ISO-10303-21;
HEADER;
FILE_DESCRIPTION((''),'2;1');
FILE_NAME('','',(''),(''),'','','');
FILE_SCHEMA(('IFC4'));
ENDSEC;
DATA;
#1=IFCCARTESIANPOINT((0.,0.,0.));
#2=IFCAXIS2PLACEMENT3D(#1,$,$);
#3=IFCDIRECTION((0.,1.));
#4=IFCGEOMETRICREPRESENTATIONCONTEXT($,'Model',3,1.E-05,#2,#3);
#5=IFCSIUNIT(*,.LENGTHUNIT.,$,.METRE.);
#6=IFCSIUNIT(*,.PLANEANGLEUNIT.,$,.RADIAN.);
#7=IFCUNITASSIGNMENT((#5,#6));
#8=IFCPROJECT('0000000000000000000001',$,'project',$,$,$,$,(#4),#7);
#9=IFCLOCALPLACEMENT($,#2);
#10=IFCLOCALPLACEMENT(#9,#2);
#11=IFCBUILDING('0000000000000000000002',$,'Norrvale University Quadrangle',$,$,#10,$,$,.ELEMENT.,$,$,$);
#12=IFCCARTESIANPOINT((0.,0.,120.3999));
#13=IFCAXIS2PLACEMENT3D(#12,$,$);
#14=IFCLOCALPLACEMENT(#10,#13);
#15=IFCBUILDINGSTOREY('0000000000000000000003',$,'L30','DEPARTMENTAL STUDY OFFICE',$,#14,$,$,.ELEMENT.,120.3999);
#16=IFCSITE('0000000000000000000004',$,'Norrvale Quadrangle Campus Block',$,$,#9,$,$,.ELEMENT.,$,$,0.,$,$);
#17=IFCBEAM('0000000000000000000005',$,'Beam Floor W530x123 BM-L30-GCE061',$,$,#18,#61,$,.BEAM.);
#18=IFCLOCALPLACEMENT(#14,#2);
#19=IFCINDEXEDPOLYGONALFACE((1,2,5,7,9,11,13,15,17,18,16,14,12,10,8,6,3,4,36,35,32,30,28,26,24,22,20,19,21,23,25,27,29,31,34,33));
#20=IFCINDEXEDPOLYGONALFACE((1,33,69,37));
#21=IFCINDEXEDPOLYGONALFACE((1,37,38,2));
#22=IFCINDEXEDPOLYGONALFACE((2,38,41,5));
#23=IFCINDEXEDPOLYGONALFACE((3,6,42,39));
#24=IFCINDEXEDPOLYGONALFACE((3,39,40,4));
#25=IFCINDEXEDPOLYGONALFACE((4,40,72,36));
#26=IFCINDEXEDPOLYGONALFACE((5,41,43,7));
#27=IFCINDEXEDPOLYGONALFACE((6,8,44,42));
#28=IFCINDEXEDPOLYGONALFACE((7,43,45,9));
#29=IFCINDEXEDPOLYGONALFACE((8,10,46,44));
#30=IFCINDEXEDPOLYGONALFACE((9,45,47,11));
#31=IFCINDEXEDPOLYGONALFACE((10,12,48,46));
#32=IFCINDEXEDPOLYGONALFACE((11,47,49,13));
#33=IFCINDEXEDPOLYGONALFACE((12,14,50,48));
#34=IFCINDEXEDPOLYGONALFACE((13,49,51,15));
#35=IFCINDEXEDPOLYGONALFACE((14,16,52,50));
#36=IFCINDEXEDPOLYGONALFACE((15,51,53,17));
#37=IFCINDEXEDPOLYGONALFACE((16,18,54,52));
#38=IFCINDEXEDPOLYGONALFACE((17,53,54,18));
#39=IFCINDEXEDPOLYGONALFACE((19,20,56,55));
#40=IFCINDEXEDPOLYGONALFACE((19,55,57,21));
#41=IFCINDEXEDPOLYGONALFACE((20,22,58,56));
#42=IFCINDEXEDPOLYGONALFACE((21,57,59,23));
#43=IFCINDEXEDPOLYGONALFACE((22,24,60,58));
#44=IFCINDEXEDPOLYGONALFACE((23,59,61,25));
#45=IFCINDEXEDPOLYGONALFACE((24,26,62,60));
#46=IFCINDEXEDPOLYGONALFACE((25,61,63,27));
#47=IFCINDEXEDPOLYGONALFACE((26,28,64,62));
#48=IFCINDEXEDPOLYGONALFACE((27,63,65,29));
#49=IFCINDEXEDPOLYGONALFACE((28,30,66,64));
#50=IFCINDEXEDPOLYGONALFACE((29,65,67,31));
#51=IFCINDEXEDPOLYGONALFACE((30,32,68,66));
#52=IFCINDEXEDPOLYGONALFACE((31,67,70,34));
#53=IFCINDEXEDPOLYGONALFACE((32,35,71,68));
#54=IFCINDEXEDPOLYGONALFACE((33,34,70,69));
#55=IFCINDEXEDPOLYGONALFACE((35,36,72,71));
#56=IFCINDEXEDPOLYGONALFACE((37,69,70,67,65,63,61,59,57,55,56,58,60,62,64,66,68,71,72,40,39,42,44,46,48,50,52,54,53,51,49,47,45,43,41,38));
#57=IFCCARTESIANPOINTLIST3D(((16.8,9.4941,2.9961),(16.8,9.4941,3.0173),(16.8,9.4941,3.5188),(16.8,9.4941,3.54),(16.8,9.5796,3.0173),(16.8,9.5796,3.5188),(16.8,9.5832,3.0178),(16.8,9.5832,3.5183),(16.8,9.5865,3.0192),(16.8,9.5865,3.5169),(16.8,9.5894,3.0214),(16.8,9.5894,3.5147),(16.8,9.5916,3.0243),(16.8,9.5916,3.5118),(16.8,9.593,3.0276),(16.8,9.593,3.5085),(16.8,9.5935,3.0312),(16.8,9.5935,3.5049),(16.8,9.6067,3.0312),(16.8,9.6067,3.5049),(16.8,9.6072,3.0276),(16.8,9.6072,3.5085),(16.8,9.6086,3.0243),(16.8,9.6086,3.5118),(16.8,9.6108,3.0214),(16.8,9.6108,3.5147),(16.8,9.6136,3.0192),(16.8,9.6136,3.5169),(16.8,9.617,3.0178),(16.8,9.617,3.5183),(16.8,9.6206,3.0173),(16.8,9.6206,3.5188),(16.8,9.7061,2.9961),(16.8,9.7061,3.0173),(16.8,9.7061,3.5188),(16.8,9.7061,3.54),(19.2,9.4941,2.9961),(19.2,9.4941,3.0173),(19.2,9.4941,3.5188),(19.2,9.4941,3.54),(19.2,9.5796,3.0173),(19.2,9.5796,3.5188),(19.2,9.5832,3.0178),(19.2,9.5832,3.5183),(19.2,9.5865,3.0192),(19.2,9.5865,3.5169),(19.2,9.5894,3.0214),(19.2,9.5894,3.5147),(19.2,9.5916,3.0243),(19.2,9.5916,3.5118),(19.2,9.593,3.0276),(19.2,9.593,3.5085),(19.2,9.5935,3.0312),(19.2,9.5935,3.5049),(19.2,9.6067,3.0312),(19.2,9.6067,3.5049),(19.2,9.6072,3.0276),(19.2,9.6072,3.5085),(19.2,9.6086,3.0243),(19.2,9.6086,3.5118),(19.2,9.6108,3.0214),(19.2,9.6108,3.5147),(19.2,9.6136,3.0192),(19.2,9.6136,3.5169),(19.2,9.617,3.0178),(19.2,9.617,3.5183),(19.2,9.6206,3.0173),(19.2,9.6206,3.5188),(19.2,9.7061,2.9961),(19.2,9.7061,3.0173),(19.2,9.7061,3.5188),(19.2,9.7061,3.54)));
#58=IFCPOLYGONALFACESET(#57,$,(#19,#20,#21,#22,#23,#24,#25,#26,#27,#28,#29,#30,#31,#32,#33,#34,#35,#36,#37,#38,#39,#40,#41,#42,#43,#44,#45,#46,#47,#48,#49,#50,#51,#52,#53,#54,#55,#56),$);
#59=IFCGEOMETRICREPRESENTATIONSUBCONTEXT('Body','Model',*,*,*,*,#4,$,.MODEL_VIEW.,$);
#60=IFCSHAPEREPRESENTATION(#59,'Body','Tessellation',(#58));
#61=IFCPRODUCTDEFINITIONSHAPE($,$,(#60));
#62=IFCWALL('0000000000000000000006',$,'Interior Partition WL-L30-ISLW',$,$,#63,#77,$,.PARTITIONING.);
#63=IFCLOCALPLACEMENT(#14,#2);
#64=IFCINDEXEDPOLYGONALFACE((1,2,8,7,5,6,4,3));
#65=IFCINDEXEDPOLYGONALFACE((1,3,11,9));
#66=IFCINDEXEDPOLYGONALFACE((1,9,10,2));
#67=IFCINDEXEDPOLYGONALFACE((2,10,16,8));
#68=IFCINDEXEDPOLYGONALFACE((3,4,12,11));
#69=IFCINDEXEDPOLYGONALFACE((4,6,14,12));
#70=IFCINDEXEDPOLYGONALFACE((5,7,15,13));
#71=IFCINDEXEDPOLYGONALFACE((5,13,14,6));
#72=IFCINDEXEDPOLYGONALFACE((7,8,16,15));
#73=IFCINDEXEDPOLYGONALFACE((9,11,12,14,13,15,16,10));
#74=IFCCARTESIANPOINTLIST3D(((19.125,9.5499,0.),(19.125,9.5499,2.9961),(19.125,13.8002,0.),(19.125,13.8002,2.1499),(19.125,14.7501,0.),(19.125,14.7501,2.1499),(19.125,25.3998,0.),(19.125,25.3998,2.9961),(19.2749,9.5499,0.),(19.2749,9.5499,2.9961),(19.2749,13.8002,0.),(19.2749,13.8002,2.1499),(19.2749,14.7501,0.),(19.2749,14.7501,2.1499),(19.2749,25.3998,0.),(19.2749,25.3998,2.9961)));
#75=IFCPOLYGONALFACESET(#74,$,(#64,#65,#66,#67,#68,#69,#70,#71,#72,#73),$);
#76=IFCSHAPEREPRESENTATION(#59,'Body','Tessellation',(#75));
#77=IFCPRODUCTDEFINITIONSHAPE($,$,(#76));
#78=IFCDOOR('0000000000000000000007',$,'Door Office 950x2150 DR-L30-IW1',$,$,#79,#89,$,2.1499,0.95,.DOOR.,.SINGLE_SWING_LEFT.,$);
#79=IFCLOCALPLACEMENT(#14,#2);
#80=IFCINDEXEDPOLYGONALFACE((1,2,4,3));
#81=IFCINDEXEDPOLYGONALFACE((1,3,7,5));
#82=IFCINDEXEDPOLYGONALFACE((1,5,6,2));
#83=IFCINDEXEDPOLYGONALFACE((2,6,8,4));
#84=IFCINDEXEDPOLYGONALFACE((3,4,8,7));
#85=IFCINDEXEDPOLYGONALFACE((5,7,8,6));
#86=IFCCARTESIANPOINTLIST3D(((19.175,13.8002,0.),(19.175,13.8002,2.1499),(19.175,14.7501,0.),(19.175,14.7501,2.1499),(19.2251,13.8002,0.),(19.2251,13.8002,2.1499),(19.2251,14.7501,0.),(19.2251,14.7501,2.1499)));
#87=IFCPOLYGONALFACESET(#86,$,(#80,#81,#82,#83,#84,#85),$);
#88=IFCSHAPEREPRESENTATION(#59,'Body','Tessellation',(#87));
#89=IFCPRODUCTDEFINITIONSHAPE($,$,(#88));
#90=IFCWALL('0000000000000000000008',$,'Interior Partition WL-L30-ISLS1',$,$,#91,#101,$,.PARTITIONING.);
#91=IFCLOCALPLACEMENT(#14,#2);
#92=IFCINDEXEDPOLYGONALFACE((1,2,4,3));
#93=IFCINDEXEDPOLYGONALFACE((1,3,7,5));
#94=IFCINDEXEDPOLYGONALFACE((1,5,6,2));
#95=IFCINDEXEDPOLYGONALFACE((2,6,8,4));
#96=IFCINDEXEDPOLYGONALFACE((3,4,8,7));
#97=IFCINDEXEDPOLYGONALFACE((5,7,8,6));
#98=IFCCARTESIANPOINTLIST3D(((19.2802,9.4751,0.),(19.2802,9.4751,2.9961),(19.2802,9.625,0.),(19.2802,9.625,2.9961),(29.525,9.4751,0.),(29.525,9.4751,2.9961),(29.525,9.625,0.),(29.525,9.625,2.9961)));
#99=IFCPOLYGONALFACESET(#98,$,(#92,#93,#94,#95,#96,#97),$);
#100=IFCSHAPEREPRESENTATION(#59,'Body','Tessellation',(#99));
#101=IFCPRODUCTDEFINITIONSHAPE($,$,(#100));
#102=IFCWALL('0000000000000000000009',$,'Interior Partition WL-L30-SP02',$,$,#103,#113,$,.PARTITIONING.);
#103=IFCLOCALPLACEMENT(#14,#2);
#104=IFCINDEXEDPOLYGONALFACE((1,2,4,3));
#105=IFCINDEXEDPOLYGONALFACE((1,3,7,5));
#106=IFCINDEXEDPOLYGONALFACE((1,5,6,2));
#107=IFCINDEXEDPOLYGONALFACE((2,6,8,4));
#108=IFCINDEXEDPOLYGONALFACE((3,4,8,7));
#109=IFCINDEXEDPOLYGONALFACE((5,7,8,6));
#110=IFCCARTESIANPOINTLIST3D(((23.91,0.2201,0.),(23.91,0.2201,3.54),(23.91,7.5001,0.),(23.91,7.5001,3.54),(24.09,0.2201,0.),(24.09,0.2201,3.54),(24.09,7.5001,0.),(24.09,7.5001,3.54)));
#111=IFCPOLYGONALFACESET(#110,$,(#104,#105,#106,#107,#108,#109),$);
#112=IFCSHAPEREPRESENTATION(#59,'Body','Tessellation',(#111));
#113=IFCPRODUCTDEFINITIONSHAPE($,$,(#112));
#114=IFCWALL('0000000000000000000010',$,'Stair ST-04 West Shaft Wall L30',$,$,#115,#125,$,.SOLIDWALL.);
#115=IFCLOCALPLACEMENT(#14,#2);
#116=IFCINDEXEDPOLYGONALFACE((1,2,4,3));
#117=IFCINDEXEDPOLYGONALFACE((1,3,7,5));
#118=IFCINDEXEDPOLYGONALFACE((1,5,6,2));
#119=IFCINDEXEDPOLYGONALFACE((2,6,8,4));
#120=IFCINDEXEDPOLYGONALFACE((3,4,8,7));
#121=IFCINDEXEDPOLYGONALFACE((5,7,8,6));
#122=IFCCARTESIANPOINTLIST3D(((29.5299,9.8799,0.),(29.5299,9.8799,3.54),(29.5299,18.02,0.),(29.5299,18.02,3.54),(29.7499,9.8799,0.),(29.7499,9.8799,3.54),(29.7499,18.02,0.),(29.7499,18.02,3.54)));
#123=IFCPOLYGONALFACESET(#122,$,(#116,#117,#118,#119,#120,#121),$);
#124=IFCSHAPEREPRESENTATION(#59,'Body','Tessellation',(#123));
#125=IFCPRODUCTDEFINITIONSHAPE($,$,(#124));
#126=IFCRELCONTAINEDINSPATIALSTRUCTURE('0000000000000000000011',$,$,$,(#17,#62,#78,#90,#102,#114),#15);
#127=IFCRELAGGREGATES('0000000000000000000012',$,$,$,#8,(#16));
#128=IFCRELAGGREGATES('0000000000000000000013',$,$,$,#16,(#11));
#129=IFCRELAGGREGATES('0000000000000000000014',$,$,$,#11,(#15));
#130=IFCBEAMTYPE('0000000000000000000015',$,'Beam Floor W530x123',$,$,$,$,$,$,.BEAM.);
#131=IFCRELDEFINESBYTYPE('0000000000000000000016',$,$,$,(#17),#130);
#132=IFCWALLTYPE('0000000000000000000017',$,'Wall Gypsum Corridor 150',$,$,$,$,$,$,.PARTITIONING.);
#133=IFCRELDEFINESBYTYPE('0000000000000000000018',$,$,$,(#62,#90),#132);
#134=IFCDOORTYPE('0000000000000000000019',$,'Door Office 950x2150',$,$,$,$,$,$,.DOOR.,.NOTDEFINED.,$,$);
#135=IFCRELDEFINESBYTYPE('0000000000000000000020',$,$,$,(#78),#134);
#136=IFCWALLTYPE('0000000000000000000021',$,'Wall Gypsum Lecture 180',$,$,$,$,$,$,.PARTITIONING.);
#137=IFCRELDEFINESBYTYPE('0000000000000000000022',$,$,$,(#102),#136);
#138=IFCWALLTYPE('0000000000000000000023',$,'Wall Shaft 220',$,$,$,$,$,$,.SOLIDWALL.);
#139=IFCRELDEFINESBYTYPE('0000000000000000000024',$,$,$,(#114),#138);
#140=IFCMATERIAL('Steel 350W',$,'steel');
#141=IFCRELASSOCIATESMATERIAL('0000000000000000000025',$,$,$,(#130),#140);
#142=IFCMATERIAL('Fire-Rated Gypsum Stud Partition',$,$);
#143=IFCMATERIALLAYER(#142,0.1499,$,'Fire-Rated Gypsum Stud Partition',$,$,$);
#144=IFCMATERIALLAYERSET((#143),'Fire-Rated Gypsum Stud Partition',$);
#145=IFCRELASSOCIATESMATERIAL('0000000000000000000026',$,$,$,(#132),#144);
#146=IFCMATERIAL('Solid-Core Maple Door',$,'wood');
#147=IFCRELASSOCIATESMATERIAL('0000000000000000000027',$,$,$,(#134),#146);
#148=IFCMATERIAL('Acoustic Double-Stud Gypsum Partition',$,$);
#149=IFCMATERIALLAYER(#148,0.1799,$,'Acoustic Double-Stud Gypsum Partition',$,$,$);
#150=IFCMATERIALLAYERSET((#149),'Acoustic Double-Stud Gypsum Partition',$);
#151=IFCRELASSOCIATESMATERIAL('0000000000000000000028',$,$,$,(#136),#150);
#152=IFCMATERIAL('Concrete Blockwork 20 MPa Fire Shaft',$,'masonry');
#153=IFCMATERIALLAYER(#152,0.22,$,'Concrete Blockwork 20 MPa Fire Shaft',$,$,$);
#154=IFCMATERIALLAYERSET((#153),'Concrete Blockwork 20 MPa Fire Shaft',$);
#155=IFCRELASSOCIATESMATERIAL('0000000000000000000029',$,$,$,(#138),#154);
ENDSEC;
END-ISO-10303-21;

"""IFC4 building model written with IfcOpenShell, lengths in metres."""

from ifc_helpers import new_model, si_unit, direction, frame, frame_2d, origin, origin_2d, place, context, subcontext, project, spatial, rectangle, i_section, extrude, material, layer, layer_set, material_profile, profile_set, type_object, element, fill, save


model = new_model("IFC4")

# Units and contexts
model_context = context("Model", 3, precision=1e-05, world=origin(), true_north=direction((0.0, 1.0)))
body_context = subcontext(model_context, "Body", "Model", "MODEL_VIEW")
ifc_project = project(units=[si_unit("LENGTHUNIT", "METRE"), si_unit("PLANEANGLEUNIT", "RADIAN")], contexts=[model_context])

# Site, building, storey
site_placement = place(None, origin())
site = spatial("IfcSite", under=ifc_project, at=site_placement, Name="Norrvale Quadrangle Campus Block", CompositionType="ELEMENT", RefElevation=0.0)
building_placement = place(site_placement, origin())
building = spatial("IfcBuilding", under=site, at=building_placement, Name="Norrvale University Quadrangle", CompositionType="ELEMENT")
storey_placement = place(building_placement, frame((0.0, 0.0, 120.3999)))
storey = spatial("IfcBuildingStorey", under=building, at=storey_placement, Name="L30", Description="DEPARTMENTAL STUDY OFFICE", CompositionType="ELEMENT", Elevation=120.3999)

# Beam
ifc_material_1 = material(Name="Steel 350W", Category="steel")
ifc_material_profile_1 = material_profile(ifc_material_1, i_section(OverallWidth=0.2119, OverallDepth=0.5439, WebThickness=0.0132, FlangeThickness=0.0212, FilletRadius=0.0139, at=origin_2d()), Name="Steel 350W")
ifc_profile_set_1 = profile_set([ifc_material_profile_1], Name="Steel 350W")
beam_type_1 = type_object("IfcBeamType", Name="Beam Floor W530x123", PredefinedType="BEAM", material=ifc_profile_set_1)
beam_1_placement = place(storey_placement, frame((16.8, 9.6001, 3.2681), z_axis=(1.0, 0.0, 0.0), x_axis=(0.0, 1.0, 0.0)))
element("IfcBeam", 1, at=beam_1_placement, inside=storey, type_object=beam_type_1, Name="Beam Floor W530x123 BM-L30-GCE061", PredefinedType="BEAM", context=body_context, shape_type="SweptSolid", body=[
    extrude(i_section(OverallWidth=0.2119, OverallDepth=0.5439, WebThickness=0.0132, FlangeThickness=0.0212, FilletRadius=0.0139, at=origin_2d()), origin(), (0.0, 0.0, 1.0), 2.3999),
])

# Wall, opening, door
ifc_material_2 = material(Name="Fire-Rated Gypsum Stud Partition")
ifc_layer_1 = layer(ifc_material_2, 0.1499, Name="Fire-Rated Gypsum Stud Partition")
ifc_layer_set_1 = layer_set([ifc_layer_1], Name="Fire-Rated Gypsum Stud Partition")
wall_type_1 = type_object("IfcWallType", Name="Wall Gypsum Corridor 150", PredefinedType="PARTITIONING", material=ifc_layer_set_1)
wall_1_placement = place(storey_placement, frame((19.2, 9.55, 0.0), z_axis=(0.0, 0.0, 1.0), x_axis=(0.0, 1.0, 0.0)))
wall_1 = element("IfcWall", 2, at=wall_1_placement, inside=storey, type_object=wall_type_1, Name="Interior Partition WL-L30-ISLW", PredefinedType="PARTITIONING", context=body_context, shape_type="SweptSolid", body=[
    extrude(rectangle(XDim=15.8499, YDim=0.1499, at=frame_2d((7.9248, 0.0))), origin(), (0.0, 0.0, 1.0), 2.9961),
])
opening_placement = place(wall_1_placement, frame((4.25, 0.0, 0.0)))
opening = element("IfcOpeningElement", 3, at=opening_placement, cuts=wall_1, PredefinedType="OPENING", context=body_context, shape_type="SweptSolid", body=[
    extrude(rectangle(XDim=0.95, YDim=2.1499, at=frame_2d((0.4751, 1.075))), frame((0.0, 0.0869, 0.0), z_axis=(0.0, -1.0, 0.0), x_axis=(1.0, 0.0, 0.0)), (0.0, 0.0, 1.0), 0.1738),
])
ifc_material_3 = material(Name="Solid-Core Maple Door", Category="wood")
door_type = type_object("IfcDoorType", Name="Door Office 950x2150", OperationType="NOTDEFINED", PredefinedType="DOOR", material=ifc_material_3)
door_placement = place(opening_placement, origin())
door = element("IfcDoor", 4, at=door_placement, inside=storey, type_object=door_type, Name="Door Office 950x2150 DR-L30-IW1", OperationType="SINGLE_SWING_LEFT", OverallHeight=2.1499, OverallWidth=0.95, PredefinedType="DOOR", context=body_context, shape_type="SweptSolid", body=[
    extrude(rectangle(XDim=0.95, YDim=2.1499, at=frame_2d((0.4751, 1.075))), frame((0.0, 0.0249, 0.0), z_axis=(0.0, -1.0, 0.0), x_axis=(1.0, 0.0, 0.0)), (0.0, 0.0, 1.0), 0.05),
])
fill(opening, door)

# Walls
wall_2_placement = place(storey_placement, frame((19.28, 9.55, 0.0), z_axis=(0.0, 0.0, 1.0), x_axis=(1.0, 0.0, 0.0)))
element("IfcWall", 5, at=wall_2_placement, inside=storey, type_object=wall_type_1, Name="Interior Partition WL-L30-ISLS1", PredefinedType="PARTITIONING", context=body_context, shape_type="SweptSolid", body=[
    extrude(rectangle(XDim=10.2449, YDim=0.1499, at=frame_2d((5.1226, 0.0))), origin(), (0.0, 0.0, 1.0), 2.9961),
])
ifc_material_4 = material(Name="Acoustic Double-Stud Gypsum Partition")
ifc_layer_2 = layer(ifc_material_4, 0.1799, Name="Acoustic Double-Stud Gypsum Partition")
ifc_layer_set_2 = layer_set([ifc_layer_2], Name="Acoustic Double-Stud Gypsum Partition")
wall_type_2 = type_object("IfcWallType", Name="Wall Gypsum Lecture 180", PredefinedType="PARTITIONING", material=ifc_layer_set_2)
wall_3_placement = place(storey_placement, frame((24.0, 0.22, 0.0), z_axis=(0.0, 0.0, 1.0), x_axis=(0.0, 1.0, 0.0)))
element("IfcWall", 6, at=wall_3_placement, inside=storey, type_object=wall_type_2, Name="Interior Partition WL-L30-SP02", PredefinedType="PARTITIONING", context=body_context, shape_type="SweptSolid", body=[
    extrude(rectangle(XDim=7.28, YDim=0.1799, at=frame_2d((3.6401, 0.0))), origin(), (0.0, 0.0, 1.0), 3.54),
])
ifc_material_5 = material(Name="Concrete Blockwork 20 MPa Fire Shaft", Category="masonry")
ifc_layer_3 = layer(ifc_material_5, 0.22, Name="Concrete Blockwork 20 MPa Fire Shaft")
ifc_layer_set_3 = layer_set([ifc_layer_3], Name="Concrete Blockwork 20 MPa Fire Shaft")
wall_type_3 = type_object("IfcWallType", Name="Wall Shaft 220", PredefinedType="SOLIDWALL", material=ifc_layer_set_3)
wall_4_placement = place(storey_placement, frame((29.6399, 9.8799, 0.0), z_axis=(0.0, 0.0, 1.0), x_axis=(0.0, 1.0, 0.0)))
element("IfcWall", 7, at=wall_4_placement, inside=storey, type_object=wall_type_3, Name="Stair ST-04 West Shaft Wall L30", PredefinedType="SOLIDWALL", context=body_context, shape_type="SweptSolid", body=[
    extrude(rectangle(XDim=8.1401, YDim=0.22, at=frame_2d((4.0701, 0.0))), origin(), (0.0, 0.0, 1.0), 3.54),
])

save(model, "model.ifc")
